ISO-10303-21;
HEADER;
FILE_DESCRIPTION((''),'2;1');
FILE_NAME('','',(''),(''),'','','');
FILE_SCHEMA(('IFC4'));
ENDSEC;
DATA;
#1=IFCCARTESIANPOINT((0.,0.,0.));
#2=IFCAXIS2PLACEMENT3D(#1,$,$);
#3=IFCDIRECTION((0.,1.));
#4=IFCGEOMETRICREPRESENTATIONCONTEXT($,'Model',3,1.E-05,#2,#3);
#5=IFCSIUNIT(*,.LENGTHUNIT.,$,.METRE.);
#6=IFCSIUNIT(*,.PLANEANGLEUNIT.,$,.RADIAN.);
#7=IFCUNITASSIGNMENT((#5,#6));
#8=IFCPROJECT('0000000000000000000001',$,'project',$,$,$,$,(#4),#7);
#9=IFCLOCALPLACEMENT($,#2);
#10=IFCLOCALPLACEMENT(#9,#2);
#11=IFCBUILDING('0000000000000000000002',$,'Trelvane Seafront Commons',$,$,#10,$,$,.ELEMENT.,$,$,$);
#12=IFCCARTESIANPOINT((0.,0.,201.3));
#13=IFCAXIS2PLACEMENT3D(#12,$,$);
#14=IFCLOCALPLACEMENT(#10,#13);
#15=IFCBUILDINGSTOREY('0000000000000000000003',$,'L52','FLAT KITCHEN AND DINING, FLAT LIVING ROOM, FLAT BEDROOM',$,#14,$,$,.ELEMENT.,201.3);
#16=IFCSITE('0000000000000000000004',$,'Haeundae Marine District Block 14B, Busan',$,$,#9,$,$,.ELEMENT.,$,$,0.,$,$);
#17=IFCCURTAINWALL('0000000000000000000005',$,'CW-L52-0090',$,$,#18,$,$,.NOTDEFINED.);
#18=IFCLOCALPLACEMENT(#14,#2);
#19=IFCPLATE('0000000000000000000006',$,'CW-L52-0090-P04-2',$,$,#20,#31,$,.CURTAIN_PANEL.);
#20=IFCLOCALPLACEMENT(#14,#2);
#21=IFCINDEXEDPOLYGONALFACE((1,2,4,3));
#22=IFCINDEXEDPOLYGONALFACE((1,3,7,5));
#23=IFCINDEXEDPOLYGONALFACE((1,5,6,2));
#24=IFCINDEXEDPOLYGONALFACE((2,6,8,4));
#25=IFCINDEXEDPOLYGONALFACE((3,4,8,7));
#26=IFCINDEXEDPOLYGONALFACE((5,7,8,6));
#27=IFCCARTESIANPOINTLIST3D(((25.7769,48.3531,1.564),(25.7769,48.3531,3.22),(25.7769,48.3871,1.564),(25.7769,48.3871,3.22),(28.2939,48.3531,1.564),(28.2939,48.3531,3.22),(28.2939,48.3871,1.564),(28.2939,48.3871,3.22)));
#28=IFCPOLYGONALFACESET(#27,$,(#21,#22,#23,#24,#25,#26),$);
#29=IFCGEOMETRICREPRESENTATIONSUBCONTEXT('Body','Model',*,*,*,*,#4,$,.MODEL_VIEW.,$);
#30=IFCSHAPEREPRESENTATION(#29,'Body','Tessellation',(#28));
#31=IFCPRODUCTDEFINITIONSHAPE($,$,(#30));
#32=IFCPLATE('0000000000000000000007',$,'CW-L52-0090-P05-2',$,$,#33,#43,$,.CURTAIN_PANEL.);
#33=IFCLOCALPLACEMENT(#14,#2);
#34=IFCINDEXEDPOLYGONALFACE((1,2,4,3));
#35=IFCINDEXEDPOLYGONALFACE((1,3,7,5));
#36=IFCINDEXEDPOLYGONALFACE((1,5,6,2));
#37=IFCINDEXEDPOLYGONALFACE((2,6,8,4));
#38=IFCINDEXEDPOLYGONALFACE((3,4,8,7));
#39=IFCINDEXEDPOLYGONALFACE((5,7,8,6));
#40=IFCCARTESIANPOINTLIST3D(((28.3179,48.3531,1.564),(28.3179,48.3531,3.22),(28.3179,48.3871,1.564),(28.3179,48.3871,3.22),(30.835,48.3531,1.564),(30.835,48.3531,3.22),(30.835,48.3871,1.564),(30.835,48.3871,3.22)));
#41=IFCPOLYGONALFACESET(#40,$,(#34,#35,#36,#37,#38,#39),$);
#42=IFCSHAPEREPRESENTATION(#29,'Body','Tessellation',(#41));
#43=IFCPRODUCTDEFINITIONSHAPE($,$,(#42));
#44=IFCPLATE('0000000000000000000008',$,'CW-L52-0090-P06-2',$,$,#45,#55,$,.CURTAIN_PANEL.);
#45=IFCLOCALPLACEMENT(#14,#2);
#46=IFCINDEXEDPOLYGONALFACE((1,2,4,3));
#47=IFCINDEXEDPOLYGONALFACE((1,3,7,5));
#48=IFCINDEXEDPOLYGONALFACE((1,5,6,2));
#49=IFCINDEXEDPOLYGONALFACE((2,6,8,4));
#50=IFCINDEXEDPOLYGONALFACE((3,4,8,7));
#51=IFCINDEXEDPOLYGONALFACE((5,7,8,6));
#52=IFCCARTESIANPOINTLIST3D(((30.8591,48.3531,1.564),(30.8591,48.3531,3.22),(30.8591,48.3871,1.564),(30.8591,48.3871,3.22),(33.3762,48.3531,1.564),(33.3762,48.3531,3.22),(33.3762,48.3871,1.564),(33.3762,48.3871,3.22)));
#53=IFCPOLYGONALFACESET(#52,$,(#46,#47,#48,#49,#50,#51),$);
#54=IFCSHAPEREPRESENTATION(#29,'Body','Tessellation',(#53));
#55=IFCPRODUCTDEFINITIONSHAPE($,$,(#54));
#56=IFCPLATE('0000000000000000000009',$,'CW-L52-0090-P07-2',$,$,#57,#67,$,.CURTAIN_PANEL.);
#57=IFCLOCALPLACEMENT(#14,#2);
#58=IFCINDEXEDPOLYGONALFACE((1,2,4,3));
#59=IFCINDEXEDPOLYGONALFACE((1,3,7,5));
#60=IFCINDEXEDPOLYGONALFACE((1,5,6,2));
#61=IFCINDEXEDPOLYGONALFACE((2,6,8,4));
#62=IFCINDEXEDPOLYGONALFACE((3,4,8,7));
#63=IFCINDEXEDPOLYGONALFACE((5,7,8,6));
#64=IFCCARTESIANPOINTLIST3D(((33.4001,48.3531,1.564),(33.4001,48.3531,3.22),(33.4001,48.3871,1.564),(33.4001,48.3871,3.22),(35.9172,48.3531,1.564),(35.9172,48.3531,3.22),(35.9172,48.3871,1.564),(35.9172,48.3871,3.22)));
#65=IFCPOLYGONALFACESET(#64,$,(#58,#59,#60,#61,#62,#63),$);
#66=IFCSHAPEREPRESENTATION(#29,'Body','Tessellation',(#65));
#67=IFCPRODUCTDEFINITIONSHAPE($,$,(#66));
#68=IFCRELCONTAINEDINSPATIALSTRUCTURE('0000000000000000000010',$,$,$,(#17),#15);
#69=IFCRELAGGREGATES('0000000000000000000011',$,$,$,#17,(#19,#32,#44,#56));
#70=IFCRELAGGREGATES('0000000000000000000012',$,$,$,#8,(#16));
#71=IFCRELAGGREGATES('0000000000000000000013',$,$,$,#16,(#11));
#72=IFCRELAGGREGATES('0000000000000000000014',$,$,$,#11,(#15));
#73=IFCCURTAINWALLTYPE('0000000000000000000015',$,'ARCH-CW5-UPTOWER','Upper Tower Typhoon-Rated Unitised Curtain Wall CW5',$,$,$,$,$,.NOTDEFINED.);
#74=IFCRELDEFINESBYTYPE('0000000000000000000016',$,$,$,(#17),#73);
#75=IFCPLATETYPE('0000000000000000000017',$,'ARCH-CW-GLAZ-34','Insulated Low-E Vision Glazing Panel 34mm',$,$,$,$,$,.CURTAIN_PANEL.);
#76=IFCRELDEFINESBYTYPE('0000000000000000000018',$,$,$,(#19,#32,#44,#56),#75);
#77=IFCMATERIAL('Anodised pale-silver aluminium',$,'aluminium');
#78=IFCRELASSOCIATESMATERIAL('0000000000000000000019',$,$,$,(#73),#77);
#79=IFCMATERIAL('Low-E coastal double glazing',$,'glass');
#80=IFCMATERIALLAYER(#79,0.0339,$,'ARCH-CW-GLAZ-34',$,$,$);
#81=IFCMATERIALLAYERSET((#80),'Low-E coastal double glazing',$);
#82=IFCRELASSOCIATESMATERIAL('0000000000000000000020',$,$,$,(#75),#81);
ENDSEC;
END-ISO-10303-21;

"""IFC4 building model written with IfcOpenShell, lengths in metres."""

from ifc_helpers import new_model, si_unit, direction, frame, origin, origin_2d, place, context, subcontext, project, spatial, rectangle, extrude, source, transform, mapped, material, layer, layer_set, type_object, element, aggregate, save


model = new_model("IFC4")

# Units and contexts
model_context = context("Model", 3, precision=1e-05, world=origin(), true_north=direction((0.0, 1.0)))
body_context = subcontext(model_context, "Body", "Model", "MODEL_VIEW")
ifc_project = project(units=[si_unit("LENGTHUNIT", "METRE"), si_unit("PLANEANGLEUNIT", "RADIAN")], contexts=[model_context])

# Site, building, storey
site_placement = place(None, origin())
site = spatial("IfcSite", under=ifc_project, at=site_placement, Name="Haeundae Marine District Block 14B, Busan", CompositionType="ELEMENT", RefElevation=0.0)
building_placement = place(site_placement, origin())
building = spatial("IfcBuilding", under=site, at=building_placement, Name="Trelvane Seafront Commons", CompositionType="ELEMENT")
storey_placement = place(building_placement, frame((0.0, 0.0, 201.3)))
storey = spatial("IfcBuildingStorey", under=building, at=storey_placement, Name="L52", Description="FLAT KITCHEN AND DINING, FLAT LIVING ROOM, FLAT BEDROOM", CompositionType="ELEMENT", Elevation=201.3)

# Curtain wall
ifc_material_1 = material(Name="Anodised pale-silver aluminium", Category="aluminium")
curtain_wall_type = type_object("IfcCurtainWallType", Name="ARCH-CW5-UPTOWER", Description="Upper Tower Typhoon-Rated Unitised Curtain Wall CW5", PredefinedType="NOTDEFINED", material=ifc_material_1)
curtain_wall_placement = place(storey_placement, origin())
curtain_wall = element("IfcCurtainWall", 1, at=curtain_wall_placement, inside=storey, type_object=curtain_wall_type, Name="CW-L52-0090", PredefinedType="NOTDEFINED")

# Plates
ifc_material_2 = material(Name="Low-E coastal double glazing", Category="glass")
ifc_layer_1 = layer(ifc_material_2, 0.0339, Name="ARCH-CW-GLAZ-34")
ifc_layer_set_1 = layer_set([ifc_layer_1], Name="Low-E coastal double glazing")
plate_type_1 = type_object("IfcPlateType", Name="ARCH-CW-GLAZ-34", Description="Insulated Low-E Vision Glazing Panel 34mm", PredefinedType="CURTAIN_PANEL", material=ifc_layer_set_1)
shared_shape_1 = source(origin(), body_context, "Body", "SweptSolid", [
    extrude(rectangle(XDim=2.5171, YDim=0.0339, at=origin_2d()), origin(), (0.0, 0.0, 1.0), 1.656),
])
plate_1_placement = place(storey_placement, frame((27.0354, 48.3701, 1.564), z_axis=(0.0, 0.0, 1.0), x_axis=(1.0, 0.0, 0.0)))
plate_1 = element("IfcPlate", 2, at=plate_1_placement, type_object=plate_type_1, Name="CW-L52-0090-P04-2", PredefinedType="CURTAIN_PANEL", context=body_context, shape_type="MappedRepresentation", body=[
    mapped(shared_shape_1, transform((0.0, 0.0, 0.0), x_axis=(1.0, 0.0, 0.0), y_axis=(0.0, 1.0, 0.0), z_axis=(0.0, 0.0, 1.0), scale=1.0)),
])
plate_2_placement = place(storey_placement, frame((29.5764, 48.3701, 1.564), z_axis=(0.0, 0.0, 1.0), x_axis=(1.0, 0.0, 0.0)))
plate_2 = element("IfcPlate", 3, at=plate_2_placement, type_object=plate_type_1, Name="CW-L52-0090-P05-2", PredefinedType="CURTAIN_PANEL", context=body_context, shape_type="MappedRepresentation", body=[
    mapped(shared_shape_1, transform((0.0, 0.0, 0.0), x_axis=(1.0, 0.0, 0.0), y_axis=(0.0, 1.0, 0.0), z_axis=(0.0, 0.0, 1.0), scale=1.0)),
])
plate_3_placement = place(storey_placement, frame((32.1177, 48.3701, 1.564), z_axis=(0.0, 0.0, 1.0), x_axis=(1.0, 0.0, 0.0)))
plate_3 = element("IfcPlate", 4, at=plate_3_placement, type_object=plate_type_1, Name="CW-L52-0090-P06-2", PredefinedType="CURTAIN_PANEL", context=body_context, shape_type="MappedRepresentation", body=[
    mapped(shared_shape_1, transform((0.0, 0.0, 0.0), x_axis=(1.0, 0.0, 0.0), y_axis=(0.0, 1.0, 0.0), z_axis=(0.0, 0.0, 1.0), scale=1.0)),
])
plate_4_placement = place(storey_placement, frame((34.6587, 48.3701, 1.564), z_axis=(0.0, 0.0, 1.0), x_axis=(1.0, 0.0, 0.0)))
plate_4 = element("IfcPlate", 5, at=plate_4_placement, type_object=plate_type_1, Name="CW-L52-0090-P07-2", PredefinedType="CURTAIN_PANEL", context=body_context, shape_type="MappedRepresentation", body=[
    mapped(shared_shape_1, transform((0.0, 0.0, 0.0), x_axis=(1.0, 0.0, 0.0), y_axis=(0.0, 1.0, 0.0), z_axis=(0.0, 0.0, 1.0), scale=1.0)),
])
aggregate(curtain_wall, [plate_1, plate_2, plate_3, plate_4])

save(model, "model.ifc")
